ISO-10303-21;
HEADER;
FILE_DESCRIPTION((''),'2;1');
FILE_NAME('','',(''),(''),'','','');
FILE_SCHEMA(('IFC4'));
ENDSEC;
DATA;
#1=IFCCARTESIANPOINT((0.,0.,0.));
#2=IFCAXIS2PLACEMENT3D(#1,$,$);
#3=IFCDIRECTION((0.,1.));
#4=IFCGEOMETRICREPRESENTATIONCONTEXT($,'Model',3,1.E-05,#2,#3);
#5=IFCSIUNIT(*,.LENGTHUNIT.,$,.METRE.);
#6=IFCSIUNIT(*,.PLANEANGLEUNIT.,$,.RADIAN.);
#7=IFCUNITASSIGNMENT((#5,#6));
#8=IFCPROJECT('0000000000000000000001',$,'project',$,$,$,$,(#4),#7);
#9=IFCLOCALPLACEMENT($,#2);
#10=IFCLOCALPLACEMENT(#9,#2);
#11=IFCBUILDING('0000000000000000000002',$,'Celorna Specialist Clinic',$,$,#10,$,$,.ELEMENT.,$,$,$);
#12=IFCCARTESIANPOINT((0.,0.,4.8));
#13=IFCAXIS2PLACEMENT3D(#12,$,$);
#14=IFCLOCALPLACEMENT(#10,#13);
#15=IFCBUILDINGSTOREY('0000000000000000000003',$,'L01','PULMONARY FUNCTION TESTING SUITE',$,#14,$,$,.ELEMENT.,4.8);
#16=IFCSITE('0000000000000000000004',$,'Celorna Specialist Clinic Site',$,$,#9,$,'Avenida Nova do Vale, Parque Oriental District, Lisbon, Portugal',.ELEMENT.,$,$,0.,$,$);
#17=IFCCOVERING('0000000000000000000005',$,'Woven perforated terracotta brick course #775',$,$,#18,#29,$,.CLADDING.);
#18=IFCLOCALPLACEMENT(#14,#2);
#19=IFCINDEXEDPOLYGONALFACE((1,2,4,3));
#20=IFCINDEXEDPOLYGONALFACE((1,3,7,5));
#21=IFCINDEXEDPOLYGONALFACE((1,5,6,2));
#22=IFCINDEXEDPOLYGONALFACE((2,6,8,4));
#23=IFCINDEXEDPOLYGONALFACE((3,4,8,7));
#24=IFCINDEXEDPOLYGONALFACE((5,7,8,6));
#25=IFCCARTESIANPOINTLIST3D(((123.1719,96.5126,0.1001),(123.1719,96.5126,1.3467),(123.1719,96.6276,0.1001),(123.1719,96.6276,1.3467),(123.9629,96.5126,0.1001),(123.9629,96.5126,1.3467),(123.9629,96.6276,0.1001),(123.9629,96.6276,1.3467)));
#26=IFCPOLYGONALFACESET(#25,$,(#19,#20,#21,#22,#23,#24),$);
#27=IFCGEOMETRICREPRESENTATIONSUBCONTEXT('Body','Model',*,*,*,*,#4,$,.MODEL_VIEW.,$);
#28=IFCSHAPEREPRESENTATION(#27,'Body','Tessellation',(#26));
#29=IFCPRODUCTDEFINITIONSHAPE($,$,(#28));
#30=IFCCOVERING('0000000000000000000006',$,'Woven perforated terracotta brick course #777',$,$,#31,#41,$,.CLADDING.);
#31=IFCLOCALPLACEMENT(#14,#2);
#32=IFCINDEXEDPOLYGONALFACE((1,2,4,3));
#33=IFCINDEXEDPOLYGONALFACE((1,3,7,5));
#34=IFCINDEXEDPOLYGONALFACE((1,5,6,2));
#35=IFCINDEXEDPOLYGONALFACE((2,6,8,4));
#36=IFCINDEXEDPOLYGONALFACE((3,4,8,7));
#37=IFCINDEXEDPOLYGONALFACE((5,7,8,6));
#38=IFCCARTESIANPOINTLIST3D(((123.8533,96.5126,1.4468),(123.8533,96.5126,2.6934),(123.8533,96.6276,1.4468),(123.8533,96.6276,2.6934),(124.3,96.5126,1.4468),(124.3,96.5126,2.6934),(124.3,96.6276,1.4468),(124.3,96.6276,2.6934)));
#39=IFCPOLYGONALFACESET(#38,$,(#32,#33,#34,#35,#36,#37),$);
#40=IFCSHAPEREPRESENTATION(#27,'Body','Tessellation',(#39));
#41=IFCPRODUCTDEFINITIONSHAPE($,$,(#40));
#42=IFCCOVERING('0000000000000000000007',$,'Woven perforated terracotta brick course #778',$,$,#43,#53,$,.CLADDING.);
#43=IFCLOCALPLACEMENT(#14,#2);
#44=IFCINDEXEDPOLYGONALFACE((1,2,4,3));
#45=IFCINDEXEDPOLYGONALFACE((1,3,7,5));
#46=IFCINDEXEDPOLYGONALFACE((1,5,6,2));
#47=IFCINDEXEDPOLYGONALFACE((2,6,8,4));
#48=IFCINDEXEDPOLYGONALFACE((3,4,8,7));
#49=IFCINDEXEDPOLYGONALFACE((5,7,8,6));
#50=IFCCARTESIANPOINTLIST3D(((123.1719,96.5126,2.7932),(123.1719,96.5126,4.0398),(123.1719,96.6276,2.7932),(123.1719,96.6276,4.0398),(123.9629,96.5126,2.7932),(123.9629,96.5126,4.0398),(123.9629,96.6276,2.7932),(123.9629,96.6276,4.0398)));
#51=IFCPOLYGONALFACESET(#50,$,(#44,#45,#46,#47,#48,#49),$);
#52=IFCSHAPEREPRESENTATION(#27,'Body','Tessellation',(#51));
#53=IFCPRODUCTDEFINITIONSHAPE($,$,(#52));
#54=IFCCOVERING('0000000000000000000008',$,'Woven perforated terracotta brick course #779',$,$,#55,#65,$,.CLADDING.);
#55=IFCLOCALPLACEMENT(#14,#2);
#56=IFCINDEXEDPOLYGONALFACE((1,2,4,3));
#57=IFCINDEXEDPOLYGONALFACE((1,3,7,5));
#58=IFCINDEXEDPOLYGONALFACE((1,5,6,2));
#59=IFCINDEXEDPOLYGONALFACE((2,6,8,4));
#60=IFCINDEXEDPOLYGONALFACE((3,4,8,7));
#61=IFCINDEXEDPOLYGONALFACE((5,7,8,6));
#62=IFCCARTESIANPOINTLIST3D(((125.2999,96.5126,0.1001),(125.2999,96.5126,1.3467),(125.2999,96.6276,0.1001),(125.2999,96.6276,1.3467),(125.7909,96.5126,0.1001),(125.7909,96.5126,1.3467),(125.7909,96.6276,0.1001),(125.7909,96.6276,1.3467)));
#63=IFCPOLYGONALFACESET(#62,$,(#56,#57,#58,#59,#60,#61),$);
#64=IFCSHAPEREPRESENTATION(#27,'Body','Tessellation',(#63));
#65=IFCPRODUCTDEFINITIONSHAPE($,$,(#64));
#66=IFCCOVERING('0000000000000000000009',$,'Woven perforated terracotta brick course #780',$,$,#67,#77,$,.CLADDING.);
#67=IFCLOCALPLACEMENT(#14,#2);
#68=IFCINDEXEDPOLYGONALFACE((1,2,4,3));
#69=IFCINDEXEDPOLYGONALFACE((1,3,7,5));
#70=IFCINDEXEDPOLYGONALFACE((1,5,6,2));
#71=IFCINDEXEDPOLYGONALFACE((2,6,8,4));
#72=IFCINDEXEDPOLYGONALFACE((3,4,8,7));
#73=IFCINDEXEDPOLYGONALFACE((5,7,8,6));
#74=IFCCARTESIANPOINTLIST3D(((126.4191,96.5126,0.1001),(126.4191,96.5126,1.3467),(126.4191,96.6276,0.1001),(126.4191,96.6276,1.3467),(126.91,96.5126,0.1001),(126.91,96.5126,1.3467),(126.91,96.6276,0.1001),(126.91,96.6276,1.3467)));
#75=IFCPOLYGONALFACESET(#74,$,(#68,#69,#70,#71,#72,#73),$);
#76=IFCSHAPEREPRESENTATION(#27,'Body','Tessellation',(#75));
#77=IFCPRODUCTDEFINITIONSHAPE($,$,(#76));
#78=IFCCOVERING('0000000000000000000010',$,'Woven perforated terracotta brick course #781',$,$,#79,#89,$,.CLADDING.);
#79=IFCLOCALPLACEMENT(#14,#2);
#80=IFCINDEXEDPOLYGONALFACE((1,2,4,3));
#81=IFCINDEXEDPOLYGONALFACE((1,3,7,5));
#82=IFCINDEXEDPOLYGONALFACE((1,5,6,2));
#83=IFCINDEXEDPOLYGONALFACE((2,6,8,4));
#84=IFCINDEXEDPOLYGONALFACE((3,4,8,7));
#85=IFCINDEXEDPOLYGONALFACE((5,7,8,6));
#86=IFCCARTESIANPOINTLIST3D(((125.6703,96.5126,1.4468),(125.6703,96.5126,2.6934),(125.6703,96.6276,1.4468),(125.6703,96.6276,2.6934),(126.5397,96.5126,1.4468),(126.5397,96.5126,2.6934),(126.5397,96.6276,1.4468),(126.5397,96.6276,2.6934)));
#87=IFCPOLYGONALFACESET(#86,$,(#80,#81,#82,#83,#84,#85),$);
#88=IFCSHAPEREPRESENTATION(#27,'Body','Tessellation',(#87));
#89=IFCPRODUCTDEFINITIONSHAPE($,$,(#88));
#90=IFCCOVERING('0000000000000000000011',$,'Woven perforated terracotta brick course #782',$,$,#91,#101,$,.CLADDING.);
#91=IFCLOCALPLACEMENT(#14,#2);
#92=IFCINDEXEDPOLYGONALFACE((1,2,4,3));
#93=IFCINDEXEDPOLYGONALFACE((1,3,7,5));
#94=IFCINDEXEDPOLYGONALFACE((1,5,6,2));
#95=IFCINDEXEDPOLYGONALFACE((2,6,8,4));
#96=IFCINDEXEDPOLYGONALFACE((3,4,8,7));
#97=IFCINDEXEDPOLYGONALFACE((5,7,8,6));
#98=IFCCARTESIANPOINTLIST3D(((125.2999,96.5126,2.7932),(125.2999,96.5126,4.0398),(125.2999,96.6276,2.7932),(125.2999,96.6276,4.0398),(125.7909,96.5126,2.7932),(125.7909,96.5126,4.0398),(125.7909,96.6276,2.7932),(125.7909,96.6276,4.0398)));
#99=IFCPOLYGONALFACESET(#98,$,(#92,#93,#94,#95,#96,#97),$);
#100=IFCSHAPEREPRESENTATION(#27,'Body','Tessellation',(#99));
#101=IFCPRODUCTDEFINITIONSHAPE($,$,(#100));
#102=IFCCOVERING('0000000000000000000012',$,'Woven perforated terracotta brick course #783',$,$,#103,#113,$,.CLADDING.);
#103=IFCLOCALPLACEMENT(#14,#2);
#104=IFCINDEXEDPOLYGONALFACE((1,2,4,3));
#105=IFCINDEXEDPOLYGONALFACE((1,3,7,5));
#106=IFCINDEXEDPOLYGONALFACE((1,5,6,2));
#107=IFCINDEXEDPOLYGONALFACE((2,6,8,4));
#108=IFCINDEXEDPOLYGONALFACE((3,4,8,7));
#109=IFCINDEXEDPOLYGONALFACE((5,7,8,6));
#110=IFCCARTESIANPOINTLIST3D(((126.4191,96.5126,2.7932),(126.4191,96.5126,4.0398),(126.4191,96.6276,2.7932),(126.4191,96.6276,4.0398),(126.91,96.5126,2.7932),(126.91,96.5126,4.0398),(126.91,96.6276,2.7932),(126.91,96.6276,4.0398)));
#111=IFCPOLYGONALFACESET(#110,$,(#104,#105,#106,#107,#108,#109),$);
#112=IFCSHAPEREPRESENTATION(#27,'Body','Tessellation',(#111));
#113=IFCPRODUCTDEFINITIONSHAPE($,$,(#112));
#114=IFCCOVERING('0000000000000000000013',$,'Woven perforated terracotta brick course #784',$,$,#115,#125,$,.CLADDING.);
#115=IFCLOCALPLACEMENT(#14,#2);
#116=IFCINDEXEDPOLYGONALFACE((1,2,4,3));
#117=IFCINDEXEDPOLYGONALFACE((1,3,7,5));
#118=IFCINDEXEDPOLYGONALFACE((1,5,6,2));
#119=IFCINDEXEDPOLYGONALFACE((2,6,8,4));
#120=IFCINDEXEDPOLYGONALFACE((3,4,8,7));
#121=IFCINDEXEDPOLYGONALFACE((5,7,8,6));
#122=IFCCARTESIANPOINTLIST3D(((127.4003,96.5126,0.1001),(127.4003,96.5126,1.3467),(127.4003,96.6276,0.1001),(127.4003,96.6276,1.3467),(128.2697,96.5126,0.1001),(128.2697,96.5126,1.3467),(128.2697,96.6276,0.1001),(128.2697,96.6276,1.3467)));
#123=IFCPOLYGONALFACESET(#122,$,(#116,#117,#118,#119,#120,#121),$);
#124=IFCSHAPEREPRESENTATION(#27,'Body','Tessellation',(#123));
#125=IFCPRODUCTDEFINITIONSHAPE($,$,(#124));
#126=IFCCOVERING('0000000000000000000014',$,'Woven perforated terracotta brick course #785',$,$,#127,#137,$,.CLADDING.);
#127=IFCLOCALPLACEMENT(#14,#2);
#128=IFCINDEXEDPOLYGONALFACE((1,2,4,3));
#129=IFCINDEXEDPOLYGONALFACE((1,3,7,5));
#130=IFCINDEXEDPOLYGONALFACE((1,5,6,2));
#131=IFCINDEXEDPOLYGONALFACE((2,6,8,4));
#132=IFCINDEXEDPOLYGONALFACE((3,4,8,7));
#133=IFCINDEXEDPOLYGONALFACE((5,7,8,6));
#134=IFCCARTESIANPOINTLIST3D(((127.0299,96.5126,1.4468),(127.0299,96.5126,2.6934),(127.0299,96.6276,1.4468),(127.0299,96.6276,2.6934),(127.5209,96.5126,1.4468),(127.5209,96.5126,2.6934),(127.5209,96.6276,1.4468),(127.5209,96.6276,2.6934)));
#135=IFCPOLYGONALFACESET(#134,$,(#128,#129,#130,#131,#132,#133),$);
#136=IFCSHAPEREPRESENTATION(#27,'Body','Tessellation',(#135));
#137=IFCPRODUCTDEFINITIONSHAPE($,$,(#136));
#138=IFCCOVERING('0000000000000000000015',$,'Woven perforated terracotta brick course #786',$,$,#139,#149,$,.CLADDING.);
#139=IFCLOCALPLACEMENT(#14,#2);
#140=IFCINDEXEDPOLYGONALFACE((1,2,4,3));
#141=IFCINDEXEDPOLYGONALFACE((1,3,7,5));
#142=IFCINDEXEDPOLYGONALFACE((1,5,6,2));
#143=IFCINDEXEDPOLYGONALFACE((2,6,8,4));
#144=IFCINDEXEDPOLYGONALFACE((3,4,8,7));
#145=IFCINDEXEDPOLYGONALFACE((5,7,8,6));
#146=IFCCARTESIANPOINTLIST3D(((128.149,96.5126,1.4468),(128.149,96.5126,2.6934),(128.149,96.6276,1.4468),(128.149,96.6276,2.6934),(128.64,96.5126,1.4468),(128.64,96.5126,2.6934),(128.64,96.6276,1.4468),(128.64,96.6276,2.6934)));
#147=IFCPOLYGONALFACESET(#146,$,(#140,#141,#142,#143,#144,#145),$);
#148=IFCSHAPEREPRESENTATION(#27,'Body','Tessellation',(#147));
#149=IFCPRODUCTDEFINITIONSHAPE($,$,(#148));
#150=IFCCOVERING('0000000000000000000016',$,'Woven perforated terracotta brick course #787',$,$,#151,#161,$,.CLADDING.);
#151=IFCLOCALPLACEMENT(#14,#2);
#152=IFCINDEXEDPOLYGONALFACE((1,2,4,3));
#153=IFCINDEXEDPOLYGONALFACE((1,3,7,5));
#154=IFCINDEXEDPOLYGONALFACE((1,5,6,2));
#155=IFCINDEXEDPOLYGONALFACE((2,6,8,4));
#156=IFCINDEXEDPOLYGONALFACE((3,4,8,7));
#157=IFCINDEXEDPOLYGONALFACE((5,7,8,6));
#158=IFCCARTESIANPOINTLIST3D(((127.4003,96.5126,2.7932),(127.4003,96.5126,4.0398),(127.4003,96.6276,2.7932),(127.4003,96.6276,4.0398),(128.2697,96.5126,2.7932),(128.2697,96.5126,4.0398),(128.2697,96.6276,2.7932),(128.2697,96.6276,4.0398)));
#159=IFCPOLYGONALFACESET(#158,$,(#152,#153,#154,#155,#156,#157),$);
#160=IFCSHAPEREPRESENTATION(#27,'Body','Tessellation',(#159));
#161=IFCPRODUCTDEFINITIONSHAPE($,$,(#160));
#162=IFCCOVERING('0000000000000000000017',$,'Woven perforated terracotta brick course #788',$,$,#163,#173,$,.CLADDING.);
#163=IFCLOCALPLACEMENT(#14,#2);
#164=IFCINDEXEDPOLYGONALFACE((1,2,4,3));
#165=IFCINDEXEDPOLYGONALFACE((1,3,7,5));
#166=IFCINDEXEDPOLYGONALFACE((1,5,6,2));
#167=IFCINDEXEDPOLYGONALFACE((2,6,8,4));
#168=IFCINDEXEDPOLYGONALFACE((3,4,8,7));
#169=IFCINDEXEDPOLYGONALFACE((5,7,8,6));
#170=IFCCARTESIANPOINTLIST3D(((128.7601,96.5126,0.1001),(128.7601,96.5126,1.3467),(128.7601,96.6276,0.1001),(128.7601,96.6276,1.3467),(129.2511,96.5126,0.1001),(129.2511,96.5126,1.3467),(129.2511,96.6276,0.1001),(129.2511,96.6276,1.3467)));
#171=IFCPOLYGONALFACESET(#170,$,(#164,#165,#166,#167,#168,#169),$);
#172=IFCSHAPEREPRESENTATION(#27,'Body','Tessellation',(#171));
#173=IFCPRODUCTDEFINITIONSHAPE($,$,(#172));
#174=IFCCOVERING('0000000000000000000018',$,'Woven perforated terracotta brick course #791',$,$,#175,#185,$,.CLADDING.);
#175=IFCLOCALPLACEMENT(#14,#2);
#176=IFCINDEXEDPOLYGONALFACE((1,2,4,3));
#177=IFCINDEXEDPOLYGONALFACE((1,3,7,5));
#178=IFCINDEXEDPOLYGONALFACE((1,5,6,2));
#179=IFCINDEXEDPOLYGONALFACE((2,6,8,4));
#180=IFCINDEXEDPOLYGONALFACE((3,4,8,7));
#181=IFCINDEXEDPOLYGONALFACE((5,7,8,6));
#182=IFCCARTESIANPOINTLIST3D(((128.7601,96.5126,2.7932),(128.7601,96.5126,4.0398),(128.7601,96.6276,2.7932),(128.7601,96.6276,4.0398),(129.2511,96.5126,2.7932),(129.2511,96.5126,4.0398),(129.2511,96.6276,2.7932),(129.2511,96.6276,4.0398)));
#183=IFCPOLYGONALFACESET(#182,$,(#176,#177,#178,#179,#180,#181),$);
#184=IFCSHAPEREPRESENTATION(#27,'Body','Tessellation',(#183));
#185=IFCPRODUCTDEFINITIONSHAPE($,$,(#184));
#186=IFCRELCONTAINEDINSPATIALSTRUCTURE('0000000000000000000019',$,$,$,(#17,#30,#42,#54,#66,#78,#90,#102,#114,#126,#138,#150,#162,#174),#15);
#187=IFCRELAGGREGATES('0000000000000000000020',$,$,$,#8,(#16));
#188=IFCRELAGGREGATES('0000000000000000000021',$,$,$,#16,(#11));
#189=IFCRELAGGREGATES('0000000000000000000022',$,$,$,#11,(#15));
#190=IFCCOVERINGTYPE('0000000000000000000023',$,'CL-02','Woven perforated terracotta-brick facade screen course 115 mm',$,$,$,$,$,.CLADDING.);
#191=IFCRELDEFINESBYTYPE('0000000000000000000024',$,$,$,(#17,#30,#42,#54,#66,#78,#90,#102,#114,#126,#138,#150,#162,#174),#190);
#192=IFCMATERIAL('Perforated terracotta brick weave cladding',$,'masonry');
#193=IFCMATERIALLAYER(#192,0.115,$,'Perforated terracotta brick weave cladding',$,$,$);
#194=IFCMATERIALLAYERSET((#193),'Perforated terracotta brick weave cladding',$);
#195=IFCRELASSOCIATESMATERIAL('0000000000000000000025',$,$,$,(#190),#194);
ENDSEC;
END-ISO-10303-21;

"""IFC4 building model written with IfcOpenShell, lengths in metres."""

from ifc_helpers import new_model, si_unit, direction, frame, origin, origin_2d, place, context, subcontext, project, spatial, rectangle, extrude, material, layer, layer_set, type_object, element, save


model = new_model("IFC4")

# Units and contexts
model_context = context("Model", 3, precision=1e-05, world=origin(), true_north=direction((0.0, 1.0)))
body_context = subcontext(model_context, "Body", "Model", "MODEL_VIEW")
ifc_project = project(units=[si_unit("LENGTHUNIT", "METRE"), si_unit("PLANEANGLEUNIT", "RADIAN")], contexts=[model_context])

# Site, building, storey
site_placement = place(None, origin())
site = spatial("IfcSite", under=ifc_project, at=site_placement, Name="Celorna Specialist Clinic Site", LongName="Avenida Nova do Vale, Parque Oriental District, Lisbon, Portugal", CompositionType="ELEMENT", RefElevation=0.0)
building_placement = place(site_placement, origin())
building = spatial("IfcBuilding", under=site, at=building_placement, Name="Celorna Specialist Clinic", CompositionType="ELEMENT")
storey_placement = place(building_placement, frame((0.0, 0.0, 4.8)))
storey = spatial("IfcBuildingStorey", under=building, at=storey_placement, Name="L01", Description="PULMONARY FUNCTION TESTING SUITE", CompositionType="ELEMENT", Elevation=4.8)

# Coverings
ifc_material_1 = material(Name="Perforated terracotta brick weave cladding", Category="masonry")
ifc_layer_1 = layer(ifc_material_1, 0.115, Name="Perforated terracotta brick weave cladding")
ifc_layer_set_1 = layer_set([ifc_layer_1], Name="Perforated terracotta brick weave cladding")
covering_type = type_object("IfcCoveringType", Name="CL-02", Description="Woven perforated terracotta-brick facade screen course 115 mm", PredefinedType="CLADDING", material=ifc_layer_set_1)
covering_1_placement = place(storey_placement, frame((123.5674, 96.5701, 0.1001), z_axis=(0.0, 0.0, 1.0), x_axis=(1.0, 0.0, 0.0)))
element("IfcCovering", 1, at=covering_1_placement, inside=storey, type_object=covering_type, Name="Woven perforated terracotta brick course #775", PredefinedType="CLADDING", context=body_context, shape_type="SweptSolid", body=[
    extrude(rectangle(XDim=0.791, YDim=0.115, at=origin_2d()), origin(), (0.0, 0.0, 1.0), 1.2466),
])
covering_2_placement = place(storey_placement, frame((124.0767, 96.5701, 1.4468), z_axis=(0.0, 0.0, 1.0), x_axis=(1.0, 0.0, 0.0)))
element("IfcCovering", 2, at=covering_2_placement, inside=storey, type_object=covering_type, Name="Woven perforated terracotta brick course #777", PredefinedType="CLADDING", context=body_context, shape_type="SweptSolid", body=[
    extrude(rectangle(XDim=0.4468, YDim=0.115, at=origin_2d()), origin(), (0.0, 0.0, 1.0), 1.2466),
])
covering_3_placement = place(storey_placement, frame((123.5674, 96.5701, 2.7932), z_axis=(0.0, 0.0, 1.0), x_axis=(1.0, 0.0, 0.0)))
element("IfcCovering", 3, at=covering_3_placement, inside=storey, type_object=covering_type, Name="Woven perforated terracotta brick course #778", PredefinedType="CLADDING", context=body_context, shape_type="SweptSolid", body=[
    extrude(rectangle(XDim=0.791, YDim=0.115, at=origin_2d()), origin(), (0.0, 0.0, 1.0), 1.2466),
])
for number, where, z_axis, x_axis, name in (
    (4, (125.5454, 96.5701, 0.1001), (0.0, 0.0, 1.0), (1.0, 0.0, 0.0), "Woven perforated terracotta brick course #779"),
    (5, (126.6646, 96.5701, 0.1001), (0.0, 0.0, 1.0), (1.0, 0.0, 0.0), "Woven perforated terracotta brick course #780"),
):
    element("IfcCovering", number, at=place(storey_placement, frame(where, z_axis=z_axis, x_axis=x_axis)), inside=storey, type_object=covering_type, Name=name, PredefinedType="CLADDING", context=body_context, shape_type="SweptSolid", body=[
        extrude(rectangle(XDim=0.491, YDim=0.115, at=origin_2d()), origin(), (0.0, 0.0, 1.0), 1.2466),
    ])
covering_4_placement = place(storey_placement, frame((126.105, 96.5701, 1.4468), z_axis=(0.0, 0.0, 1.0), x_axis=(1.0, 0.0, 0.0)))
element("IfcCovering", 6, at=covering_4_placement, inside=storey, type_object=covering_type, Name="Woven perforated terracotta brick course #781", PredefinedType="CLADDING", context=body_context, shape_type="SweptSolid", body=[
    extrude(rectangle(XDim=0.8694, YDim=0.115, at=origin_2d()), origin(), (0.0, 0.0, 1.0), 1.2466),
])
for number, where, z_axis, x_axis, name in (
    (7, (125.5454, 96.5701, 2.7932), (0.0, 0.0, 1.0), (1.0, 0.0, 0.0), "Woven perforated terracotta brick course #782"),
    (8, (126.6646, 96.5701, 2.7932), (0.0, 0.0, 1.0), (1.0, 0.0, 0.0), "Woven perforated terracotta brick course #783"),
):
    element("IfcCovering", number, at=place(storey_placement, frame(where, z_axis=z_axis, x_axis=x_axis)), inside=storey, type_object=covering_type, Name=name, PredefinedType="CLADDING", context=body_context, shape_type="SweptSolid", body=[
        extrude(rectangle(XDim=0.491, YDim=0.115, at=origin_2d()), origin(), (0.0, 0.0, 1.0), 1.2466),
    ])
covering_5_placement = place(storey_placement, frame((127.835, 96.5701, 0.1001), z_axis=(0.0, 0.0, 1.0), x_axis=(1.0, 0.0, 0.0)))
element("IfcCovering", 9, at=covering_5_placement, inside=storey, type_object=covering_type, Name="Woven perforated terracotta brick course #784", PredefinedType="CLADDING", context=body_context, shape_type="SweptSolid", body=[
    extrude(rectangle(XDim=0.8694, YDim=0.115, at=origin_2d()), origin(), (0.0, 0.0, 1.0), 1.2466),
])
for number, where, z_axis, x_axis, name in (
    (10, (127.2754, 96.5701, 1.4468), (0.0, 0.0, 1.0), (1.0, 0.0, 0.0), "Woven perforated terracotta brick course #785"),
    (11, (128.3945, 96.5701, 1.4468), (0.0, 0.0, 1.0), (1.0, 0.0, 0.0), "Woven perforated terracotta brick course #786"),
):
    element("IfcCovering", number, at=place(storey_placement, frame(where, z_axis=z_axis, x_axis=x_axis)), inside=storey, type_object=covering_type, Name=name, PredefinedType="CLADDING", context=body_context, shape_type="SweptSolid", body=[
        extrude(rectangle(XDim=0.491, YDim=0.115, at=origin_2d()), origin(), (0.0, 0.0, 1.0), 1.2466),
    ])
covering_6_placement = place(storey_placement, frame((127.835, 96.5701, 2.7932), z_axis=(0.0, 0.0, 1.0), x_axis=(1.0, 0.0, 0.0)))
element("IfcCovering", 12, at=covering_6_placement, inside=storey, type_object=covering_type, Name="Woven perforated terracotta brick course #787", PredefinedType="CLADDING", context=body_context, shape_type="SweptSolid", body=[
    extrude(rectangle(XDim=0.8694, YDim=0.115, at=origin_2d()), origin(), (0.0, 0.0, 1.0), 1.2466),
])
for number, where, z_axis, x_axis, name in (
    (13, (129.0056, 96.5701, 0.1001), (0.0, 0.0, 1.0), (1.0, 0.0, 0.0), "Woven perforated terracotta brick course #788"),
    (14, (129.0056, 96.5701, 2.7932), (0.0, 0.0, 1.0), (1.0, 0.0, 0.0), "Woven perforated terracotta brick course #791"),
):
    element("IfcCovering", number, at=place(storey_placement, frame(where, z_axis=z_axis, x_axis=x_axis)), inside=storey, type_object=covering_type, Name=name, PredefinedType="CLADDING", context=body_context, shape_type="SweptSolid", body=[
        extrude(rectangle(XDim=0.491, YDim=0.115, at=origin_2d()), origin(), (0.0, 0.0, 1.0), 1.2466),
    ])

save(model, "model.ifc")
